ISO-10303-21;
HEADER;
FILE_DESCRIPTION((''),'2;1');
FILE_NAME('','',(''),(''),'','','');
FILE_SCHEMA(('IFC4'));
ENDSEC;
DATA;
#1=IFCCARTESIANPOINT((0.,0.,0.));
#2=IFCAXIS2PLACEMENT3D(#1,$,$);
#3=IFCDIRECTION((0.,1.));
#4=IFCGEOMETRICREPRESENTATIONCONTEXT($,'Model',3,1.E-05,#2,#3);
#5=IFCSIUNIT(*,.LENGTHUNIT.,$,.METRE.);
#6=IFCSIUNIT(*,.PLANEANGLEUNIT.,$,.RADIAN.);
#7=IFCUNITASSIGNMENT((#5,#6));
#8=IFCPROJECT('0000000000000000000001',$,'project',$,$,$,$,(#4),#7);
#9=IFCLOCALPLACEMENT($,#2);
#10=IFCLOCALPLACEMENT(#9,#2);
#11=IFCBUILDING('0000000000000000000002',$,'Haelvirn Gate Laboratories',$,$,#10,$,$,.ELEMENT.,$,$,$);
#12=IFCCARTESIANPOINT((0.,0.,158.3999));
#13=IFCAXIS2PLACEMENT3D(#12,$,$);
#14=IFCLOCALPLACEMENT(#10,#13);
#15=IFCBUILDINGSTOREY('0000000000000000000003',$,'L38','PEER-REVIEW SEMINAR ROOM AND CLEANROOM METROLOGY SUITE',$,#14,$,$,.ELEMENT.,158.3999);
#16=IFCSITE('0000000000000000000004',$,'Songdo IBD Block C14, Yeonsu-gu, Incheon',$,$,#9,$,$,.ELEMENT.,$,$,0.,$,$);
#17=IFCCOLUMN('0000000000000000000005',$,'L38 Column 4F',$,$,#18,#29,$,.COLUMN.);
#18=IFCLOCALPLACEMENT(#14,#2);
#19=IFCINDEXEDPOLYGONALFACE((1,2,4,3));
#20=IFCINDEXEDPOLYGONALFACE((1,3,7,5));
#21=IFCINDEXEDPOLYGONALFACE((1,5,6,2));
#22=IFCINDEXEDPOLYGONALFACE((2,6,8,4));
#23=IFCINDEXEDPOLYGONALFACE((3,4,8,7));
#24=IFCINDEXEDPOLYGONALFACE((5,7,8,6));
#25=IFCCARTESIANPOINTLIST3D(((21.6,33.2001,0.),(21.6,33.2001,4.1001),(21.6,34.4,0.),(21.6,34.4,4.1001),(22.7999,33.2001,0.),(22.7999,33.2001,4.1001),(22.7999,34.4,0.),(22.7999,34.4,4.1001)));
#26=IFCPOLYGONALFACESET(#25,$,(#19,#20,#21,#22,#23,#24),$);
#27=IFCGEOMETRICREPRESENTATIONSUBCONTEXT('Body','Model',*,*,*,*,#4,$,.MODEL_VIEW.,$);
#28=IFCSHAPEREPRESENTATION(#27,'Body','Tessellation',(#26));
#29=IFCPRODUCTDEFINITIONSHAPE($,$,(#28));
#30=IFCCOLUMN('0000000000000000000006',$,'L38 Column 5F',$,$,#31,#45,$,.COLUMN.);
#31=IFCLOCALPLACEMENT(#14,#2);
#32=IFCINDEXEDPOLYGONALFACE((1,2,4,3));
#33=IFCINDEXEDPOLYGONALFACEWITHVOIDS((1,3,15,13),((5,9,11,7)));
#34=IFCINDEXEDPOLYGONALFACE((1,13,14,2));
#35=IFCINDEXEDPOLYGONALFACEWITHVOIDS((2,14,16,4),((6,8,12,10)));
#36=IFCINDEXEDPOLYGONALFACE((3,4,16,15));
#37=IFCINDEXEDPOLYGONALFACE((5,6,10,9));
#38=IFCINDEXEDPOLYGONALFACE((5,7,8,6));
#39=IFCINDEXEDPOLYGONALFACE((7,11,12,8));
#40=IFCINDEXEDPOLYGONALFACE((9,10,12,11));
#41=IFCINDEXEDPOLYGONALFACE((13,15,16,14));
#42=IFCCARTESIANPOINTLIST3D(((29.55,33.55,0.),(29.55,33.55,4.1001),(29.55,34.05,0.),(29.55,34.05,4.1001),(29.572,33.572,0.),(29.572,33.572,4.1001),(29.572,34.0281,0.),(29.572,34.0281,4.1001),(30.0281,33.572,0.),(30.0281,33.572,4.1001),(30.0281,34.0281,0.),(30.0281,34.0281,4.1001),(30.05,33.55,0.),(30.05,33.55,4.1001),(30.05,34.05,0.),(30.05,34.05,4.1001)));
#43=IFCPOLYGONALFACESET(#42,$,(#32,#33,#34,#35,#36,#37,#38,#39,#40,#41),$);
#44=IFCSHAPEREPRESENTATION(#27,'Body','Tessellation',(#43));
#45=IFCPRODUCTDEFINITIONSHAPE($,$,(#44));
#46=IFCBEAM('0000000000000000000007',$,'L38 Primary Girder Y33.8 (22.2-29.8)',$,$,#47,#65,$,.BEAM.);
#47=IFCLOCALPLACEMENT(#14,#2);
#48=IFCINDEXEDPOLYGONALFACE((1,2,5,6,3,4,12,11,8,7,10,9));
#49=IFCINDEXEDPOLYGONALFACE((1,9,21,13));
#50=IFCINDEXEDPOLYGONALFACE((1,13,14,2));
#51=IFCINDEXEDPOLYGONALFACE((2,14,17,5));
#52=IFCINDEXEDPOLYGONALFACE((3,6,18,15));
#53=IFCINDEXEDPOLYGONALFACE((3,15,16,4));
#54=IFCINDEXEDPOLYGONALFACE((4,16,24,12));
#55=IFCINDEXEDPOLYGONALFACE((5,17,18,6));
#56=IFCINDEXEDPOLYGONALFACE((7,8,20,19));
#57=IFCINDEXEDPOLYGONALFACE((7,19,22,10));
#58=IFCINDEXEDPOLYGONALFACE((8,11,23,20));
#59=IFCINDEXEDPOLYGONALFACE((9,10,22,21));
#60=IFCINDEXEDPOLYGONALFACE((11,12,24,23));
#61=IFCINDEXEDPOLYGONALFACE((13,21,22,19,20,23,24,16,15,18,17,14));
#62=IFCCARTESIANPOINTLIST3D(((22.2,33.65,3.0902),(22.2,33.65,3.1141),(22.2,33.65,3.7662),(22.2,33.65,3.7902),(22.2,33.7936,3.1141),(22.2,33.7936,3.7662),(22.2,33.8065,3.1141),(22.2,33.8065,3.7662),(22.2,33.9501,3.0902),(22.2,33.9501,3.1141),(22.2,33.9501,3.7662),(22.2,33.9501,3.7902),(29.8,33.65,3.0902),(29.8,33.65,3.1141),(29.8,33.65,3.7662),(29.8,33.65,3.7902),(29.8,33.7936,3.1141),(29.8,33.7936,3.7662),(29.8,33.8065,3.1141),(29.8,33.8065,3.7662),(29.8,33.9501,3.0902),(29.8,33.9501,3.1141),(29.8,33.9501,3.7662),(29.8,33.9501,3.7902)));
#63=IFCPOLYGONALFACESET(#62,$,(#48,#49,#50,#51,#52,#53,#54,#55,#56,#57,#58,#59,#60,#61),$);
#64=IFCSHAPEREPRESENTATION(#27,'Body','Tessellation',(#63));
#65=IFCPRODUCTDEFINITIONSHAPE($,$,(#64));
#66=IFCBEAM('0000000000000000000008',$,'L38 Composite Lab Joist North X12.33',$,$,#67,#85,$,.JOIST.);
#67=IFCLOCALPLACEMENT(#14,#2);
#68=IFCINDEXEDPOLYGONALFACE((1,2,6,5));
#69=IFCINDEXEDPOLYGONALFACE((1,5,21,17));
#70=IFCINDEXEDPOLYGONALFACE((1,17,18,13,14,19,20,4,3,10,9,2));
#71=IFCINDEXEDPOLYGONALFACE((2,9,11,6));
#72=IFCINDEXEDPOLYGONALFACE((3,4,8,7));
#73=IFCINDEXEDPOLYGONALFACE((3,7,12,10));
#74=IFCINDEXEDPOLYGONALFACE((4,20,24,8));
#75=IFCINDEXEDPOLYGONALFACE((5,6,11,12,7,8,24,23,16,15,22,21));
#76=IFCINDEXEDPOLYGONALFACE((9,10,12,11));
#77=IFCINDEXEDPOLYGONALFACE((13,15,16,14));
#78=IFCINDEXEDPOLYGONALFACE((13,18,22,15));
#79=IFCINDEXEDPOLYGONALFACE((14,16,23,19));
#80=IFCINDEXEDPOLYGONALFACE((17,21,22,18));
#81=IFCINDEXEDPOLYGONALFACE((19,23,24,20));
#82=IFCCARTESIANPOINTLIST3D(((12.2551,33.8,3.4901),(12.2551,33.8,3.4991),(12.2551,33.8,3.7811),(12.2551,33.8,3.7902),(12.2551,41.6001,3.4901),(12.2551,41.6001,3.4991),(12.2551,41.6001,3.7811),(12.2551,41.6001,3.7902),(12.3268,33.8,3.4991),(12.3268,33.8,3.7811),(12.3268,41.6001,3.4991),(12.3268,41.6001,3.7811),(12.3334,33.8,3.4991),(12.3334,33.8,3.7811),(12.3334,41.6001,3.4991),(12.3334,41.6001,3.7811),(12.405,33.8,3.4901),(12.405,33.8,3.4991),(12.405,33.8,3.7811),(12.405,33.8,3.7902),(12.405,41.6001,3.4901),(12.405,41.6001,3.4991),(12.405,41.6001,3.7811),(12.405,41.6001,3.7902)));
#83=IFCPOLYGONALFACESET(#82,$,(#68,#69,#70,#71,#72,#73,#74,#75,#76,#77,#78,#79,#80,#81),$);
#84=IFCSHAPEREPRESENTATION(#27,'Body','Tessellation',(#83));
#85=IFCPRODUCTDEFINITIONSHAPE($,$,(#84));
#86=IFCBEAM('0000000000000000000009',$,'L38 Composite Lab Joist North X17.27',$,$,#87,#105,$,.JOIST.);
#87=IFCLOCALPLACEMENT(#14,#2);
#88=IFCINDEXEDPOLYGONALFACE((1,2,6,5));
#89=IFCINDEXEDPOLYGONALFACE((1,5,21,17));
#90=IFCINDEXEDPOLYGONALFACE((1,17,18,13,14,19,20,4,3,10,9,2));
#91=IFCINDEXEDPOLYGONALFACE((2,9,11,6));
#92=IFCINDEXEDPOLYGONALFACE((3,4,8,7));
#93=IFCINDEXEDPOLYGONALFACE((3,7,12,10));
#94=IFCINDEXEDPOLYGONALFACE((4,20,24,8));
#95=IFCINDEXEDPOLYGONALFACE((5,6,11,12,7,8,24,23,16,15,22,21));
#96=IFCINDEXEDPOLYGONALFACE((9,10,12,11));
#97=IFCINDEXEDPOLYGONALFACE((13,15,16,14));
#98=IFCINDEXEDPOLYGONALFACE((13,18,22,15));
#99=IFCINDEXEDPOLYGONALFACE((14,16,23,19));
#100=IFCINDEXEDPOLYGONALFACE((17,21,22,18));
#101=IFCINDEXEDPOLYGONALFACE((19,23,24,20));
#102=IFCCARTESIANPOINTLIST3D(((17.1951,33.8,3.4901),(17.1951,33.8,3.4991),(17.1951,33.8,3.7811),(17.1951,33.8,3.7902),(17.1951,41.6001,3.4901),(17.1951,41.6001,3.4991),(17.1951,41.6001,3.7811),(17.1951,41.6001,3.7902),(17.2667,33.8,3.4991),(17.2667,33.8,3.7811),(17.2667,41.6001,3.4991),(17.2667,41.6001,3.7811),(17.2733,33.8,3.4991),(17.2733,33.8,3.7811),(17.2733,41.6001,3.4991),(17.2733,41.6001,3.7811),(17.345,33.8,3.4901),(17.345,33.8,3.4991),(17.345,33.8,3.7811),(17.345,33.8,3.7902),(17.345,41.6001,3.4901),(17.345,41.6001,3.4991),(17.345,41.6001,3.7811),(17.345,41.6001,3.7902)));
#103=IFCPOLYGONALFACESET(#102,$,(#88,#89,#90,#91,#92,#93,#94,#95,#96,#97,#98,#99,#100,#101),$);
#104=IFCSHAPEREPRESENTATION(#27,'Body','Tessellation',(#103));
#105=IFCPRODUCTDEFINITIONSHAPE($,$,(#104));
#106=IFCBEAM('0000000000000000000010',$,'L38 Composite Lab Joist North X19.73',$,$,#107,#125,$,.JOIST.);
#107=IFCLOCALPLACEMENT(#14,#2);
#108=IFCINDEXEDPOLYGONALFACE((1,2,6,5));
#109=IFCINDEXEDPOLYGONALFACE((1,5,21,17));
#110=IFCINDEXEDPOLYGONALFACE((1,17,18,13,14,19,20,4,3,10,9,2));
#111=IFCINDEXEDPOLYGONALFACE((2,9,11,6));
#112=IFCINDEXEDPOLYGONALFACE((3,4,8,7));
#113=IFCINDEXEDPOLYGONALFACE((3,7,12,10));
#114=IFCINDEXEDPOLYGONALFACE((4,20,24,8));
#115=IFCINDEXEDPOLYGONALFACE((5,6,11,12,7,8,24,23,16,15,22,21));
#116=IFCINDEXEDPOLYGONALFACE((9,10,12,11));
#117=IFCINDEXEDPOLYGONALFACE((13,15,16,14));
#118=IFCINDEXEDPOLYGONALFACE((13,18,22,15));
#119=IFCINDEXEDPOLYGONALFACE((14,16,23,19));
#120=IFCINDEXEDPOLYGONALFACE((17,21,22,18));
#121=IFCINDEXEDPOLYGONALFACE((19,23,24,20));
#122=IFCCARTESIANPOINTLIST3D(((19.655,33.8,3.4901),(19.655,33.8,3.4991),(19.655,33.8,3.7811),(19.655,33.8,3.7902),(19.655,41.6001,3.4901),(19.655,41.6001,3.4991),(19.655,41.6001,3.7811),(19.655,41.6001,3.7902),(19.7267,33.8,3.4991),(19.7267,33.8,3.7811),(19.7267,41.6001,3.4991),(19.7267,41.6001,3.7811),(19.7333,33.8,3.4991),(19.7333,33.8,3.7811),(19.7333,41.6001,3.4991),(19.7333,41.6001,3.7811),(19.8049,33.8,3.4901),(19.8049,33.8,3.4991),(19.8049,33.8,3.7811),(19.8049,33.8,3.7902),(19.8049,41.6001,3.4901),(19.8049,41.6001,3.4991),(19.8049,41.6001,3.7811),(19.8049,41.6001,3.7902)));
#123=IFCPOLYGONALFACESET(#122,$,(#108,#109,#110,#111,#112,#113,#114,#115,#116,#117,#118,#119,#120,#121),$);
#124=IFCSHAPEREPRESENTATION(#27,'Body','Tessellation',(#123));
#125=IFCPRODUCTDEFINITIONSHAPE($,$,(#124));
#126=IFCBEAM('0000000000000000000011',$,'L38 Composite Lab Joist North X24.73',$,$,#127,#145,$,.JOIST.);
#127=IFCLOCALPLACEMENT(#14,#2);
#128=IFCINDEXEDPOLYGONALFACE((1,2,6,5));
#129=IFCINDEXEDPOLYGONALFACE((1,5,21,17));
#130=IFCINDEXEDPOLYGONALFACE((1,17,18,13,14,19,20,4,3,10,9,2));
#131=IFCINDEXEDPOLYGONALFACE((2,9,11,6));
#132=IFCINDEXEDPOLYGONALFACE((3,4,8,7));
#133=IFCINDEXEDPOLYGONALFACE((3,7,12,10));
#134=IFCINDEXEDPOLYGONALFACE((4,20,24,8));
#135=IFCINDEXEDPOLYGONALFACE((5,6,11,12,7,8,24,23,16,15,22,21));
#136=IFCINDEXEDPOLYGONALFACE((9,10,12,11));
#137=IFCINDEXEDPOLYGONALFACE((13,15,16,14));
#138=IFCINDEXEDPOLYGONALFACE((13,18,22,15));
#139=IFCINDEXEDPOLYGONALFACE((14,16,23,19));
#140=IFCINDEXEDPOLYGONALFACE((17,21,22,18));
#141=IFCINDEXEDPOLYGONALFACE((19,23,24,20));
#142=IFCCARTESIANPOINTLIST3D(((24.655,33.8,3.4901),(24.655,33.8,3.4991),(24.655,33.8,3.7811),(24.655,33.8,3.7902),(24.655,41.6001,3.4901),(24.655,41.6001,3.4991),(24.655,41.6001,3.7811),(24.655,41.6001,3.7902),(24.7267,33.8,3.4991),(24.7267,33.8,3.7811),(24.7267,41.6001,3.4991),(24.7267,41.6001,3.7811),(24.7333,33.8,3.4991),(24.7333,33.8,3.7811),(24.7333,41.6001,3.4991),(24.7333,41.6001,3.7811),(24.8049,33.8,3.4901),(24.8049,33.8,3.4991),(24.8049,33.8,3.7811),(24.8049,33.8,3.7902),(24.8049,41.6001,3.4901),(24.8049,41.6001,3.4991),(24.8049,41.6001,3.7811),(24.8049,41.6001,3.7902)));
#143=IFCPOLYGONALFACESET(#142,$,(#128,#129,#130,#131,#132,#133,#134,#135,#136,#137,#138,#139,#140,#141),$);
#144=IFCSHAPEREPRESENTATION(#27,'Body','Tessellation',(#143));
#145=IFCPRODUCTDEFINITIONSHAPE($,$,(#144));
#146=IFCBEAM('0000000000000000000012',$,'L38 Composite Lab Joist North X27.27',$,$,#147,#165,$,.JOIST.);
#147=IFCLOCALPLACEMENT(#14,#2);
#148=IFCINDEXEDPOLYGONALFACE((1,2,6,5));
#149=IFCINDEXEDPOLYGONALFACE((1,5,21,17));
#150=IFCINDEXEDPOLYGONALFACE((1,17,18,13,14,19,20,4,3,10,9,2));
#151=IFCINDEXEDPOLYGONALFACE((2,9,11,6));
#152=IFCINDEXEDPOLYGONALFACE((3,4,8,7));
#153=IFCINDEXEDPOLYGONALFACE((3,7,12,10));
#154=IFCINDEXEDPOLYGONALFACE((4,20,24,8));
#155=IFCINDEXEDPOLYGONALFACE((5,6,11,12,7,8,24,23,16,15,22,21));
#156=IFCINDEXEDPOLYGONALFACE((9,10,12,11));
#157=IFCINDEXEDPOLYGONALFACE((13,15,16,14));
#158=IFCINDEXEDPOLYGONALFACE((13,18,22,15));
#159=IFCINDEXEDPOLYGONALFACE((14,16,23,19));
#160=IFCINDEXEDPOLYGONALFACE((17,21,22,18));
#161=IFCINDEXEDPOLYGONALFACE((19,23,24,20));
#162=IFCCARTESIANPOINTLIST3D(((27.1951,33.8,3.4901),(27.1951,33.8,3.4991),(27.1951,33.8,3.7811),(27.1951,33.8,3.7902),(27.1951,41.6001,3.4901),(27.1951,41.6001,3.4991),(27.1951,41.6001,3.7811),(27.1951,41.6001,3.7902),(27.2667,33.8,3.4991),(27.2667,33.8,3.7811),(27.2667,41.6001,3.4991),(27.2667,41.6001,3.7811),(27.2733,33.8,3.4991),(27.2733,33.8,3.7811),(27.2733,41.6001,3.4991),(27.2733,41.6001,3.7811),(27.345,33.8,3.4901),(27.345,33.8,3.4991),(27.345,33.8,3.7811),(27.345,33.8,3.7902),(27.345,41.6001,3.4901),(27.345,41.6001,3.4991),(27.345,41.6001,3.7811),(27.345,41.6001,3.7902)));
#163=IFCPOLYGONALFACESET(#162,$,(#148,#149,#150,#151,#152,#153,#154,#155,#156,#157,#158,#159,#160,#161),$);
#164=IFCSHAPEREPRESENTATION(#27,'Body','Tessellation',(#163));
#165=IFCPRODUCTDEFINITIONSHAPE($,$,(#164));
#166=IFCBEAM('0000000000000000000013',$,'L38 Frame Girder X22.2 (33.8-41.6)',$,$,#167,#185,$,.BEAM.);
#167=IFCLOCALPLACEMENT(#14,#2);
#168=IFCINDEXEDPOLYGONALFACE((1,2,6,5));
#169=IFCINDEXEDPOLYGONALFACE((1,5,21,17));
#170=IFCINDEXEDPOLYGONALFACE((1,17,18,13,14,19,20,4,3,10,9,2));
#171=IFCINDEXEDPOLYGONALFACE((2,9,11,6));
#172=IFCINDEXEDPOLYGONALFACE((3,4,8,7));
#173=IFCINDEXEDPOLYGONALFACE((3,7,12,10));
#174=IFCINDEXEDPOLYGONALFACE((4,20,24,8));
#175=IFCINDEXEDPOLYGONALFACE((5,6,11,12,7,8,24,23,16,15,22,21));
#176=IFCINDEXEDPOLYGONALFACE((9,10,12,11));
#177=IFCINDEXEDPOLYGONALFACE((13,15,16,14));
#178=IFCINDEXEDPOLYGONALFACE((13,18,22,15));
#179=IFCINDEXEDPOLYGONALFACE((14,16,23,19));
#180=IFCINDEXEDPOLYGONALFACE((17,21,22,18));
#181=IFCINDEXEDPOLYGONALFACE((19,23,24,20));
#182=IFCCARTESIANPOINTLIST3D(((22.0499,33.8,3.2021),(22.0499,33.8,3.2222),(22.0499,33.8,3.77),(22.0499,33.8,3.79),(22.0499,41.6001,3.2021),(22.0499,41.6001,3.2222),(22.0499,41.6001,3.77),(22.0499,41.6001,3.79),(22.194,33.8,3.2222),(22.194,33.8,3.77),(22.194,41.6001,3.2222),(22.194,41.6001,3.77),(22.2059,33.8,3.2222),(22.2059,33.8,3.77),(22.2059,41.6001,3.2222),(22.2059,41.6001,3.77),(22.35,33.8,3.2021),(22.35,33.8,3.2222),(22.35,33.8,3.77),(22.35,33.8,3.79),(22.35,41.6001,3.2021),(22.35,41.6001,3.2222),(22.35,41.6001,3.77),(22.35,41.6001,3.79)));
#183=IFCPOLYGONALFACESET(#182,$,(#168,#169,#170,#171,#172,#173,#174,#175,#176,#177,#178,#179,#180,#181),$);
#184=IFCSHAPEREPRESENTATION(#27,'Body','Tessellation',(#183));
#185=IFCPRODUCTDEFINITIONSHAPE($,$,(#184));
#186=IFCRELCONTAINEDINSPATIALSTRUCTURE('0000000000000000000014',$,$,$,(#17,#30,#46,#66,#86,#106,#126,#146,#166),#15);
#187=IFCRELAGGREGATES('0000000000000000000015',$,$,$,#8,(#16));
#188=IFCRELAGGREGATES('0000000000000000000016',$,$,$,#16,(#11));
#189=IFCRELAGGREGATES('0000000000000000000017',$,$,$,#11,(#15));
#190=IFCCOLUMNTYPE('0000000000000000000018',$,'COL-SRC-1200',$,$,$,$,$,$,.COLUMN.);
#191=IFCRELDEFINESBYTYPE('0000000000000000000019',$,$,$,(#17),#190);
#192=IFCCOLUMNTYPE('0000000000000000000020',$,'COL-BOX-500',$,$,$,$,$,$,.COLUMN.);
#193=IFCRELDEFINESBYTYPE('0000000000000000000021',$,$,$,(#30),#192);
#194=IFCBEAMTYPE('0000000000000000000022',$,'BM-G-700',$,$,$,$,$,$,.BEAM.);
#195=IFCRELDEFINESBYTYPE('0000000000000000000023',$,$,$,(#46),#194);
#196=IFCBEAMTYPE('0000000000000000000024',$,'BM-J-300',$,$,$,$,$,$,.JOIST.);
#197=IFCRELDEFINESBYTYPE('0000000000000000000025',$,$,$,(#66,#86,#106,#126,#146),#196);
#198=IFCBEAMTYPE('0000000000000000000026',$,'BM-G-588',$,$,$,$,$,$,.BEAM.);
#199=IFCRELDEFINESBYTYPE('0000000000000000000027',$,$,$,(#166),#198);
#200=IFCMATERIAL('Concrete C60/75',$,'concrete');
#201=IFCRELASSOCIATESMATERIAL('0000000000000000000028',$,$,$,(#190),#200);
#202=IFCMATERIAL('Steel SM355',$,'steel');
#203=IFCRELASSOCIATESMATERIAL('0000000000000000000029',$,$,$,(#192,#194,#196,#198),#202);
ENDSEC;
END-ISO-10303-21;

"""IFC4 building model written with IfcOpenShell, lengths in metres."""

from ifc_helpers import new_model, si_unit, direction, frame, origin, origin_2d, place, context, subcontext, project, spatial, rectangle, hollow_rectangle, i_section, extrude, source, transform, mapped, material, material_profile, profile_set, type_object, type_shapes, element, save


model = new_model("IFC4")

# Units and contexts
model_context = context("Model", 3, precision=1e-05, world=origin(), true_north=direction((0.0, 1.0)))
body_context = subcontext(model_context, "Body", "Model", "MODEL_VIEW")
ifc_project = project(units=[si_unit("LENGTHUNIT", "METRE"), si_unit("PLANEANGLEUNIT", "RADIAN")], contexts=[model_context])

# Site, building, storey
site_placement = place(None, origin())
site = spatial("IfcSite", under=ifc_project, at=site_placement, Name="Songdo IBD Block C14, Yeonsu-gu, Incheon", CompositionType="ELEMENT", RefElevation=0.0)
building_placement = place(site_placement, origin())
building = spatial("IfcBuilding", under=site, at=building_placement, Name="Haelvirn Gate Laboratories", CompositionType="ELEMENT")
storey_placement = place(building_placement, frame((0.0, 0.0, 158.3999)))
storey = spatial("IfcBuildingStorey", under=building, at=storey_placement, Name="L38", Description="PEER-REVIEW SEMINAR ROOM AND CLEANROOM METROLOGY SUITE", CompositionType="ELEMENT", Elevation=158.3999)

# Columns
ifc_material_1 = material(Name="Concrete C60/75", Category="concrete")
ifc_material_profile_1 = material_profile(ifc_material_1, rectangle(XDim=1.2, YDim=1.2, at=origin_2d()), Name="SRC-1200x1200")
ifc_profile_set_1 = profile_set([ifc_material_profile_1], Name="Concrete C60/75")
column_type_1 = type_object("IfcColumnType", Name="COL-SRC-1200", PredefinedType="COLUMN", material=ifc_profile_set_1)
shared_shape_1 = source(origin(), body_context, "Body", "SweptSolid", [
    extrude(rectangle(XDim=1.2, YDim=1.2, at=origin_2d()), origin(), (0.0, 0.0, 1.0), 4.1001),
])
type_shapes(column_type_1, [shared_shape_1])
column_1_placement = place(storey_placement, frame((22.2, 33.8, 0.0), z_axis=(0.0, 0.0, 1.0), x_axis=(1.0, 0.0, 0.0)))
element("IfcColumn", 1, at=column_1_placement, inside=storey, type_object=column_type_1, Name="L38 Column 4F", PredefinedType="COLUMN", context=body_context, shape_type="MappedRepresentation", body=[
    mapped(shared_shape_1, transform((0.0, 0.0, 0.0), scale=1.0)),
])
ifc_material_2 = material(Name="Steel SM355", Category="steel")
ifc_material_profile_2 = material_profile(ifc_material_2, hollow_rectangle(XDim=0.5, YDim=0.5, WallThickness=0.022, at=origin_2d()), Name="BOX-500x500x22")
ifc_profile_set_2 = profile_set([ifc_material_profile_2], Name="Steel SM355")
column_type_2 = type_object("IfcColumnType", Name="COL-BOX-500", PredefinedType="COLUMN", material=ifc_profile_set_2)
shared_shape_2 = source(origin(), body_context, "Body", "SweptSolid", [
    extrude(hollow_rectangle(XDim=0.5, YDim=0.5, WallThickness=0.022, at=origin_2d()), origin(), (0.0, 0.0, 1.0), 4.1001),
])
type_shapes(column_type_2, [shared_shape_2])
column_2_placement = place(storey_placement, frame((29.8, 33.8, 0.0), z_axis=(0.0, 0.0, 1.0), x_axis=(1.0, 0.0, 0.0)))
element("IfcColumn", 2, at=column_2_placement, inside=storey, type_object=column_type_2, Name="L38 Column 5F", PredefinedType="COLUMN", context=body_context, shape_type="MappedRepresentation", body=[
    mapped(shared_shape_2, transform((0.0, 0.0, 0.0), scale=1.0)),
])

# Beams
ifc_material_profile_3 = material_profile(ifc_material_2, i_section(OverallWidth=0.3, OverallDepth=0.7, WebThickness=0.0129, FlangeThickness=0.0239, at=origin_2d()), Name="H-700x300x13x24")
ifc_profile_set_3 = profile_set([ifc_material_profile_3], Name="Steel SM355")
beam_type_1 = type_object("IfcBeamType", Name="BM-G-700", PredefinedType="BEAM", material=ifc_profile_set_3)
shared_shape_3 = source(origin(), body_context, "Body", "SweptSolid", [
    extrude(i_section(OverallWidth=0.3, OverallDepth=0.7, WebThickness=0.0129, FlangeThickness=0.0239, at=origin_2d()), origin(), (0.0, 0.0, 1.0), 7.6001),
])
type_shapes(beam_type_1, [shared_shape_3])
beam_1_placement = place(storey_placement, frame((22.2, 33.8, 3.4402), z_axis=(1.0, 0.0, 0.0), x_axis=(0.0, 1.0, 0.0)))
element("IfcBeam", 3, at=beam_1_placement, inside=storey, type_object=beam_type_1, Name="L38 Primary Girder Y33.8 (22.2-29.8)", PredefinedType="BEAM", context=body_context, shape_type="MappedRepresentation", body=[
    mapped(shared_shape_3, transform((0.0, 0.0, 0.0), scale=1.0)),
])
ifc_material_profile_4 = material_profile(ifc_material_2, i_section(OverallWidth=0.1499, OverallDepth=0.3, WebThickness=0.0066, FlangeThickness=0.009, at=origin_2d()), Name="H-300x150x6.5x9")
ifc_profile_set_4 = profile_set([ifc_material_profile_4], Name="Steel SM355")
beam_type_2 = type_object("IfcBeamType", Name="BM-J-300", PredefinedType="JOIST", material=ifc_profile_set_4)
shared_shape_4 = source(origin(), body_context, "Body", "SweptSolid", [
    extrude(i_section(OverallWidth=0.1499, OverallDepth=0.3, WebThickness=0.0066, FlangeThickness=0.009, at=origin_2d()), origin(), (0.0, 0.0, 1.0), 7.8),
])
type_shapes(beam_type_2, [shared_shape_4])
for number, where, z_axis, x_axis, name in (
    (4, (12.3301, 33.8, 3.6401), (0.0, 1.0, 0.0), (-1.0, 0.0, 0.0), "L38 Composite Lab Joist North X12.33"),
    (5, (17.27, 33.8, 3.6401), (0.0, 1.0, 0.0), (-1.0, 0.0, 0.0), "L38 Composite Lab Joist North X17.27"),
    (6, (19.73, 33.8, 3.6401), (0.0, 1.0, 0.0), (-1.0, 0.0, 0.0), "L38 Composite Lab Joist North X19.73"),
    (7, (24.73, 33.8, 3.6401), (0.0, 1.0, 0.0), (-1.0, 0.0, 0.0), "L38 Composite Lab Joist North X24.73"),
    (8, (27.27, 33.8, 3.6401), (0.0, 1.0, 0.0), (-1.0, 0.0, 0.0), "L38 Composite Lab Joist North X27.27"),
):
    element("IfcBeam", number, at=place(storey_placement, frame(where, z_axis=z_axis, x_axis=x_axis)), inside=storey, type_object=beam_type_2, Name=name, PredefinedType="JOIST", context=body_context, shape_type="MappedRepresentation", body=[
        mapped(shared_shape_4, transform((0.0, 0.0, 0.0), scale=1.0)),
    ])
ifc_material_profile_5 = material_profile(ifc_material_2, i_section(OverallWidth=0.3, OverallDepth=0.5879, WebThickness=0.012, FlangeThickness=0.02, at=origin_2d()), Name="H-588x300x12x20")
ifc_profile_set_5 = profile_set([ifc_material_profile_5], Name="Steel SM355")
beam_type_3 = type_object("IfcBeamType", Name="BM-G-588", PredefinedType="BEAM", material=ifc_profile_set_5)
shared_shape_5 = source(origin(), body_context, "Body", "SweptSolid", [
    extrude(i_section(OverallWidth=0.3, OverallDepth=0.5879, WebThickness=0.012, FlangeThickness=0.02, at=origin_2d()), origin(), (0.0, 0.0, 1.0), 7.8),
])
type_shapes(beam_type_3, [shared_shape_5])
beam_2_placement = place(storey_placement, frame((22.2, 33.8, 3.4961), z_axis=(0.0, 1.0, 0.0), x_axis=(-1.0, 0.0, 0.0)))
element("IfcBeam", 9, at=beam_2_placement, inside=storey, type_object=beam_type_3, Name="L38 Frame Girder X22.2 (33.8-41.6)", PredefinedType="BEAM", context=body_context, shape_type="MappedRepresentation", body=[
    mapped(shared_shape_5, transform((0.0, 0.0, 0.0), scale=1.0)),
])

save(model, "model.ifc")
